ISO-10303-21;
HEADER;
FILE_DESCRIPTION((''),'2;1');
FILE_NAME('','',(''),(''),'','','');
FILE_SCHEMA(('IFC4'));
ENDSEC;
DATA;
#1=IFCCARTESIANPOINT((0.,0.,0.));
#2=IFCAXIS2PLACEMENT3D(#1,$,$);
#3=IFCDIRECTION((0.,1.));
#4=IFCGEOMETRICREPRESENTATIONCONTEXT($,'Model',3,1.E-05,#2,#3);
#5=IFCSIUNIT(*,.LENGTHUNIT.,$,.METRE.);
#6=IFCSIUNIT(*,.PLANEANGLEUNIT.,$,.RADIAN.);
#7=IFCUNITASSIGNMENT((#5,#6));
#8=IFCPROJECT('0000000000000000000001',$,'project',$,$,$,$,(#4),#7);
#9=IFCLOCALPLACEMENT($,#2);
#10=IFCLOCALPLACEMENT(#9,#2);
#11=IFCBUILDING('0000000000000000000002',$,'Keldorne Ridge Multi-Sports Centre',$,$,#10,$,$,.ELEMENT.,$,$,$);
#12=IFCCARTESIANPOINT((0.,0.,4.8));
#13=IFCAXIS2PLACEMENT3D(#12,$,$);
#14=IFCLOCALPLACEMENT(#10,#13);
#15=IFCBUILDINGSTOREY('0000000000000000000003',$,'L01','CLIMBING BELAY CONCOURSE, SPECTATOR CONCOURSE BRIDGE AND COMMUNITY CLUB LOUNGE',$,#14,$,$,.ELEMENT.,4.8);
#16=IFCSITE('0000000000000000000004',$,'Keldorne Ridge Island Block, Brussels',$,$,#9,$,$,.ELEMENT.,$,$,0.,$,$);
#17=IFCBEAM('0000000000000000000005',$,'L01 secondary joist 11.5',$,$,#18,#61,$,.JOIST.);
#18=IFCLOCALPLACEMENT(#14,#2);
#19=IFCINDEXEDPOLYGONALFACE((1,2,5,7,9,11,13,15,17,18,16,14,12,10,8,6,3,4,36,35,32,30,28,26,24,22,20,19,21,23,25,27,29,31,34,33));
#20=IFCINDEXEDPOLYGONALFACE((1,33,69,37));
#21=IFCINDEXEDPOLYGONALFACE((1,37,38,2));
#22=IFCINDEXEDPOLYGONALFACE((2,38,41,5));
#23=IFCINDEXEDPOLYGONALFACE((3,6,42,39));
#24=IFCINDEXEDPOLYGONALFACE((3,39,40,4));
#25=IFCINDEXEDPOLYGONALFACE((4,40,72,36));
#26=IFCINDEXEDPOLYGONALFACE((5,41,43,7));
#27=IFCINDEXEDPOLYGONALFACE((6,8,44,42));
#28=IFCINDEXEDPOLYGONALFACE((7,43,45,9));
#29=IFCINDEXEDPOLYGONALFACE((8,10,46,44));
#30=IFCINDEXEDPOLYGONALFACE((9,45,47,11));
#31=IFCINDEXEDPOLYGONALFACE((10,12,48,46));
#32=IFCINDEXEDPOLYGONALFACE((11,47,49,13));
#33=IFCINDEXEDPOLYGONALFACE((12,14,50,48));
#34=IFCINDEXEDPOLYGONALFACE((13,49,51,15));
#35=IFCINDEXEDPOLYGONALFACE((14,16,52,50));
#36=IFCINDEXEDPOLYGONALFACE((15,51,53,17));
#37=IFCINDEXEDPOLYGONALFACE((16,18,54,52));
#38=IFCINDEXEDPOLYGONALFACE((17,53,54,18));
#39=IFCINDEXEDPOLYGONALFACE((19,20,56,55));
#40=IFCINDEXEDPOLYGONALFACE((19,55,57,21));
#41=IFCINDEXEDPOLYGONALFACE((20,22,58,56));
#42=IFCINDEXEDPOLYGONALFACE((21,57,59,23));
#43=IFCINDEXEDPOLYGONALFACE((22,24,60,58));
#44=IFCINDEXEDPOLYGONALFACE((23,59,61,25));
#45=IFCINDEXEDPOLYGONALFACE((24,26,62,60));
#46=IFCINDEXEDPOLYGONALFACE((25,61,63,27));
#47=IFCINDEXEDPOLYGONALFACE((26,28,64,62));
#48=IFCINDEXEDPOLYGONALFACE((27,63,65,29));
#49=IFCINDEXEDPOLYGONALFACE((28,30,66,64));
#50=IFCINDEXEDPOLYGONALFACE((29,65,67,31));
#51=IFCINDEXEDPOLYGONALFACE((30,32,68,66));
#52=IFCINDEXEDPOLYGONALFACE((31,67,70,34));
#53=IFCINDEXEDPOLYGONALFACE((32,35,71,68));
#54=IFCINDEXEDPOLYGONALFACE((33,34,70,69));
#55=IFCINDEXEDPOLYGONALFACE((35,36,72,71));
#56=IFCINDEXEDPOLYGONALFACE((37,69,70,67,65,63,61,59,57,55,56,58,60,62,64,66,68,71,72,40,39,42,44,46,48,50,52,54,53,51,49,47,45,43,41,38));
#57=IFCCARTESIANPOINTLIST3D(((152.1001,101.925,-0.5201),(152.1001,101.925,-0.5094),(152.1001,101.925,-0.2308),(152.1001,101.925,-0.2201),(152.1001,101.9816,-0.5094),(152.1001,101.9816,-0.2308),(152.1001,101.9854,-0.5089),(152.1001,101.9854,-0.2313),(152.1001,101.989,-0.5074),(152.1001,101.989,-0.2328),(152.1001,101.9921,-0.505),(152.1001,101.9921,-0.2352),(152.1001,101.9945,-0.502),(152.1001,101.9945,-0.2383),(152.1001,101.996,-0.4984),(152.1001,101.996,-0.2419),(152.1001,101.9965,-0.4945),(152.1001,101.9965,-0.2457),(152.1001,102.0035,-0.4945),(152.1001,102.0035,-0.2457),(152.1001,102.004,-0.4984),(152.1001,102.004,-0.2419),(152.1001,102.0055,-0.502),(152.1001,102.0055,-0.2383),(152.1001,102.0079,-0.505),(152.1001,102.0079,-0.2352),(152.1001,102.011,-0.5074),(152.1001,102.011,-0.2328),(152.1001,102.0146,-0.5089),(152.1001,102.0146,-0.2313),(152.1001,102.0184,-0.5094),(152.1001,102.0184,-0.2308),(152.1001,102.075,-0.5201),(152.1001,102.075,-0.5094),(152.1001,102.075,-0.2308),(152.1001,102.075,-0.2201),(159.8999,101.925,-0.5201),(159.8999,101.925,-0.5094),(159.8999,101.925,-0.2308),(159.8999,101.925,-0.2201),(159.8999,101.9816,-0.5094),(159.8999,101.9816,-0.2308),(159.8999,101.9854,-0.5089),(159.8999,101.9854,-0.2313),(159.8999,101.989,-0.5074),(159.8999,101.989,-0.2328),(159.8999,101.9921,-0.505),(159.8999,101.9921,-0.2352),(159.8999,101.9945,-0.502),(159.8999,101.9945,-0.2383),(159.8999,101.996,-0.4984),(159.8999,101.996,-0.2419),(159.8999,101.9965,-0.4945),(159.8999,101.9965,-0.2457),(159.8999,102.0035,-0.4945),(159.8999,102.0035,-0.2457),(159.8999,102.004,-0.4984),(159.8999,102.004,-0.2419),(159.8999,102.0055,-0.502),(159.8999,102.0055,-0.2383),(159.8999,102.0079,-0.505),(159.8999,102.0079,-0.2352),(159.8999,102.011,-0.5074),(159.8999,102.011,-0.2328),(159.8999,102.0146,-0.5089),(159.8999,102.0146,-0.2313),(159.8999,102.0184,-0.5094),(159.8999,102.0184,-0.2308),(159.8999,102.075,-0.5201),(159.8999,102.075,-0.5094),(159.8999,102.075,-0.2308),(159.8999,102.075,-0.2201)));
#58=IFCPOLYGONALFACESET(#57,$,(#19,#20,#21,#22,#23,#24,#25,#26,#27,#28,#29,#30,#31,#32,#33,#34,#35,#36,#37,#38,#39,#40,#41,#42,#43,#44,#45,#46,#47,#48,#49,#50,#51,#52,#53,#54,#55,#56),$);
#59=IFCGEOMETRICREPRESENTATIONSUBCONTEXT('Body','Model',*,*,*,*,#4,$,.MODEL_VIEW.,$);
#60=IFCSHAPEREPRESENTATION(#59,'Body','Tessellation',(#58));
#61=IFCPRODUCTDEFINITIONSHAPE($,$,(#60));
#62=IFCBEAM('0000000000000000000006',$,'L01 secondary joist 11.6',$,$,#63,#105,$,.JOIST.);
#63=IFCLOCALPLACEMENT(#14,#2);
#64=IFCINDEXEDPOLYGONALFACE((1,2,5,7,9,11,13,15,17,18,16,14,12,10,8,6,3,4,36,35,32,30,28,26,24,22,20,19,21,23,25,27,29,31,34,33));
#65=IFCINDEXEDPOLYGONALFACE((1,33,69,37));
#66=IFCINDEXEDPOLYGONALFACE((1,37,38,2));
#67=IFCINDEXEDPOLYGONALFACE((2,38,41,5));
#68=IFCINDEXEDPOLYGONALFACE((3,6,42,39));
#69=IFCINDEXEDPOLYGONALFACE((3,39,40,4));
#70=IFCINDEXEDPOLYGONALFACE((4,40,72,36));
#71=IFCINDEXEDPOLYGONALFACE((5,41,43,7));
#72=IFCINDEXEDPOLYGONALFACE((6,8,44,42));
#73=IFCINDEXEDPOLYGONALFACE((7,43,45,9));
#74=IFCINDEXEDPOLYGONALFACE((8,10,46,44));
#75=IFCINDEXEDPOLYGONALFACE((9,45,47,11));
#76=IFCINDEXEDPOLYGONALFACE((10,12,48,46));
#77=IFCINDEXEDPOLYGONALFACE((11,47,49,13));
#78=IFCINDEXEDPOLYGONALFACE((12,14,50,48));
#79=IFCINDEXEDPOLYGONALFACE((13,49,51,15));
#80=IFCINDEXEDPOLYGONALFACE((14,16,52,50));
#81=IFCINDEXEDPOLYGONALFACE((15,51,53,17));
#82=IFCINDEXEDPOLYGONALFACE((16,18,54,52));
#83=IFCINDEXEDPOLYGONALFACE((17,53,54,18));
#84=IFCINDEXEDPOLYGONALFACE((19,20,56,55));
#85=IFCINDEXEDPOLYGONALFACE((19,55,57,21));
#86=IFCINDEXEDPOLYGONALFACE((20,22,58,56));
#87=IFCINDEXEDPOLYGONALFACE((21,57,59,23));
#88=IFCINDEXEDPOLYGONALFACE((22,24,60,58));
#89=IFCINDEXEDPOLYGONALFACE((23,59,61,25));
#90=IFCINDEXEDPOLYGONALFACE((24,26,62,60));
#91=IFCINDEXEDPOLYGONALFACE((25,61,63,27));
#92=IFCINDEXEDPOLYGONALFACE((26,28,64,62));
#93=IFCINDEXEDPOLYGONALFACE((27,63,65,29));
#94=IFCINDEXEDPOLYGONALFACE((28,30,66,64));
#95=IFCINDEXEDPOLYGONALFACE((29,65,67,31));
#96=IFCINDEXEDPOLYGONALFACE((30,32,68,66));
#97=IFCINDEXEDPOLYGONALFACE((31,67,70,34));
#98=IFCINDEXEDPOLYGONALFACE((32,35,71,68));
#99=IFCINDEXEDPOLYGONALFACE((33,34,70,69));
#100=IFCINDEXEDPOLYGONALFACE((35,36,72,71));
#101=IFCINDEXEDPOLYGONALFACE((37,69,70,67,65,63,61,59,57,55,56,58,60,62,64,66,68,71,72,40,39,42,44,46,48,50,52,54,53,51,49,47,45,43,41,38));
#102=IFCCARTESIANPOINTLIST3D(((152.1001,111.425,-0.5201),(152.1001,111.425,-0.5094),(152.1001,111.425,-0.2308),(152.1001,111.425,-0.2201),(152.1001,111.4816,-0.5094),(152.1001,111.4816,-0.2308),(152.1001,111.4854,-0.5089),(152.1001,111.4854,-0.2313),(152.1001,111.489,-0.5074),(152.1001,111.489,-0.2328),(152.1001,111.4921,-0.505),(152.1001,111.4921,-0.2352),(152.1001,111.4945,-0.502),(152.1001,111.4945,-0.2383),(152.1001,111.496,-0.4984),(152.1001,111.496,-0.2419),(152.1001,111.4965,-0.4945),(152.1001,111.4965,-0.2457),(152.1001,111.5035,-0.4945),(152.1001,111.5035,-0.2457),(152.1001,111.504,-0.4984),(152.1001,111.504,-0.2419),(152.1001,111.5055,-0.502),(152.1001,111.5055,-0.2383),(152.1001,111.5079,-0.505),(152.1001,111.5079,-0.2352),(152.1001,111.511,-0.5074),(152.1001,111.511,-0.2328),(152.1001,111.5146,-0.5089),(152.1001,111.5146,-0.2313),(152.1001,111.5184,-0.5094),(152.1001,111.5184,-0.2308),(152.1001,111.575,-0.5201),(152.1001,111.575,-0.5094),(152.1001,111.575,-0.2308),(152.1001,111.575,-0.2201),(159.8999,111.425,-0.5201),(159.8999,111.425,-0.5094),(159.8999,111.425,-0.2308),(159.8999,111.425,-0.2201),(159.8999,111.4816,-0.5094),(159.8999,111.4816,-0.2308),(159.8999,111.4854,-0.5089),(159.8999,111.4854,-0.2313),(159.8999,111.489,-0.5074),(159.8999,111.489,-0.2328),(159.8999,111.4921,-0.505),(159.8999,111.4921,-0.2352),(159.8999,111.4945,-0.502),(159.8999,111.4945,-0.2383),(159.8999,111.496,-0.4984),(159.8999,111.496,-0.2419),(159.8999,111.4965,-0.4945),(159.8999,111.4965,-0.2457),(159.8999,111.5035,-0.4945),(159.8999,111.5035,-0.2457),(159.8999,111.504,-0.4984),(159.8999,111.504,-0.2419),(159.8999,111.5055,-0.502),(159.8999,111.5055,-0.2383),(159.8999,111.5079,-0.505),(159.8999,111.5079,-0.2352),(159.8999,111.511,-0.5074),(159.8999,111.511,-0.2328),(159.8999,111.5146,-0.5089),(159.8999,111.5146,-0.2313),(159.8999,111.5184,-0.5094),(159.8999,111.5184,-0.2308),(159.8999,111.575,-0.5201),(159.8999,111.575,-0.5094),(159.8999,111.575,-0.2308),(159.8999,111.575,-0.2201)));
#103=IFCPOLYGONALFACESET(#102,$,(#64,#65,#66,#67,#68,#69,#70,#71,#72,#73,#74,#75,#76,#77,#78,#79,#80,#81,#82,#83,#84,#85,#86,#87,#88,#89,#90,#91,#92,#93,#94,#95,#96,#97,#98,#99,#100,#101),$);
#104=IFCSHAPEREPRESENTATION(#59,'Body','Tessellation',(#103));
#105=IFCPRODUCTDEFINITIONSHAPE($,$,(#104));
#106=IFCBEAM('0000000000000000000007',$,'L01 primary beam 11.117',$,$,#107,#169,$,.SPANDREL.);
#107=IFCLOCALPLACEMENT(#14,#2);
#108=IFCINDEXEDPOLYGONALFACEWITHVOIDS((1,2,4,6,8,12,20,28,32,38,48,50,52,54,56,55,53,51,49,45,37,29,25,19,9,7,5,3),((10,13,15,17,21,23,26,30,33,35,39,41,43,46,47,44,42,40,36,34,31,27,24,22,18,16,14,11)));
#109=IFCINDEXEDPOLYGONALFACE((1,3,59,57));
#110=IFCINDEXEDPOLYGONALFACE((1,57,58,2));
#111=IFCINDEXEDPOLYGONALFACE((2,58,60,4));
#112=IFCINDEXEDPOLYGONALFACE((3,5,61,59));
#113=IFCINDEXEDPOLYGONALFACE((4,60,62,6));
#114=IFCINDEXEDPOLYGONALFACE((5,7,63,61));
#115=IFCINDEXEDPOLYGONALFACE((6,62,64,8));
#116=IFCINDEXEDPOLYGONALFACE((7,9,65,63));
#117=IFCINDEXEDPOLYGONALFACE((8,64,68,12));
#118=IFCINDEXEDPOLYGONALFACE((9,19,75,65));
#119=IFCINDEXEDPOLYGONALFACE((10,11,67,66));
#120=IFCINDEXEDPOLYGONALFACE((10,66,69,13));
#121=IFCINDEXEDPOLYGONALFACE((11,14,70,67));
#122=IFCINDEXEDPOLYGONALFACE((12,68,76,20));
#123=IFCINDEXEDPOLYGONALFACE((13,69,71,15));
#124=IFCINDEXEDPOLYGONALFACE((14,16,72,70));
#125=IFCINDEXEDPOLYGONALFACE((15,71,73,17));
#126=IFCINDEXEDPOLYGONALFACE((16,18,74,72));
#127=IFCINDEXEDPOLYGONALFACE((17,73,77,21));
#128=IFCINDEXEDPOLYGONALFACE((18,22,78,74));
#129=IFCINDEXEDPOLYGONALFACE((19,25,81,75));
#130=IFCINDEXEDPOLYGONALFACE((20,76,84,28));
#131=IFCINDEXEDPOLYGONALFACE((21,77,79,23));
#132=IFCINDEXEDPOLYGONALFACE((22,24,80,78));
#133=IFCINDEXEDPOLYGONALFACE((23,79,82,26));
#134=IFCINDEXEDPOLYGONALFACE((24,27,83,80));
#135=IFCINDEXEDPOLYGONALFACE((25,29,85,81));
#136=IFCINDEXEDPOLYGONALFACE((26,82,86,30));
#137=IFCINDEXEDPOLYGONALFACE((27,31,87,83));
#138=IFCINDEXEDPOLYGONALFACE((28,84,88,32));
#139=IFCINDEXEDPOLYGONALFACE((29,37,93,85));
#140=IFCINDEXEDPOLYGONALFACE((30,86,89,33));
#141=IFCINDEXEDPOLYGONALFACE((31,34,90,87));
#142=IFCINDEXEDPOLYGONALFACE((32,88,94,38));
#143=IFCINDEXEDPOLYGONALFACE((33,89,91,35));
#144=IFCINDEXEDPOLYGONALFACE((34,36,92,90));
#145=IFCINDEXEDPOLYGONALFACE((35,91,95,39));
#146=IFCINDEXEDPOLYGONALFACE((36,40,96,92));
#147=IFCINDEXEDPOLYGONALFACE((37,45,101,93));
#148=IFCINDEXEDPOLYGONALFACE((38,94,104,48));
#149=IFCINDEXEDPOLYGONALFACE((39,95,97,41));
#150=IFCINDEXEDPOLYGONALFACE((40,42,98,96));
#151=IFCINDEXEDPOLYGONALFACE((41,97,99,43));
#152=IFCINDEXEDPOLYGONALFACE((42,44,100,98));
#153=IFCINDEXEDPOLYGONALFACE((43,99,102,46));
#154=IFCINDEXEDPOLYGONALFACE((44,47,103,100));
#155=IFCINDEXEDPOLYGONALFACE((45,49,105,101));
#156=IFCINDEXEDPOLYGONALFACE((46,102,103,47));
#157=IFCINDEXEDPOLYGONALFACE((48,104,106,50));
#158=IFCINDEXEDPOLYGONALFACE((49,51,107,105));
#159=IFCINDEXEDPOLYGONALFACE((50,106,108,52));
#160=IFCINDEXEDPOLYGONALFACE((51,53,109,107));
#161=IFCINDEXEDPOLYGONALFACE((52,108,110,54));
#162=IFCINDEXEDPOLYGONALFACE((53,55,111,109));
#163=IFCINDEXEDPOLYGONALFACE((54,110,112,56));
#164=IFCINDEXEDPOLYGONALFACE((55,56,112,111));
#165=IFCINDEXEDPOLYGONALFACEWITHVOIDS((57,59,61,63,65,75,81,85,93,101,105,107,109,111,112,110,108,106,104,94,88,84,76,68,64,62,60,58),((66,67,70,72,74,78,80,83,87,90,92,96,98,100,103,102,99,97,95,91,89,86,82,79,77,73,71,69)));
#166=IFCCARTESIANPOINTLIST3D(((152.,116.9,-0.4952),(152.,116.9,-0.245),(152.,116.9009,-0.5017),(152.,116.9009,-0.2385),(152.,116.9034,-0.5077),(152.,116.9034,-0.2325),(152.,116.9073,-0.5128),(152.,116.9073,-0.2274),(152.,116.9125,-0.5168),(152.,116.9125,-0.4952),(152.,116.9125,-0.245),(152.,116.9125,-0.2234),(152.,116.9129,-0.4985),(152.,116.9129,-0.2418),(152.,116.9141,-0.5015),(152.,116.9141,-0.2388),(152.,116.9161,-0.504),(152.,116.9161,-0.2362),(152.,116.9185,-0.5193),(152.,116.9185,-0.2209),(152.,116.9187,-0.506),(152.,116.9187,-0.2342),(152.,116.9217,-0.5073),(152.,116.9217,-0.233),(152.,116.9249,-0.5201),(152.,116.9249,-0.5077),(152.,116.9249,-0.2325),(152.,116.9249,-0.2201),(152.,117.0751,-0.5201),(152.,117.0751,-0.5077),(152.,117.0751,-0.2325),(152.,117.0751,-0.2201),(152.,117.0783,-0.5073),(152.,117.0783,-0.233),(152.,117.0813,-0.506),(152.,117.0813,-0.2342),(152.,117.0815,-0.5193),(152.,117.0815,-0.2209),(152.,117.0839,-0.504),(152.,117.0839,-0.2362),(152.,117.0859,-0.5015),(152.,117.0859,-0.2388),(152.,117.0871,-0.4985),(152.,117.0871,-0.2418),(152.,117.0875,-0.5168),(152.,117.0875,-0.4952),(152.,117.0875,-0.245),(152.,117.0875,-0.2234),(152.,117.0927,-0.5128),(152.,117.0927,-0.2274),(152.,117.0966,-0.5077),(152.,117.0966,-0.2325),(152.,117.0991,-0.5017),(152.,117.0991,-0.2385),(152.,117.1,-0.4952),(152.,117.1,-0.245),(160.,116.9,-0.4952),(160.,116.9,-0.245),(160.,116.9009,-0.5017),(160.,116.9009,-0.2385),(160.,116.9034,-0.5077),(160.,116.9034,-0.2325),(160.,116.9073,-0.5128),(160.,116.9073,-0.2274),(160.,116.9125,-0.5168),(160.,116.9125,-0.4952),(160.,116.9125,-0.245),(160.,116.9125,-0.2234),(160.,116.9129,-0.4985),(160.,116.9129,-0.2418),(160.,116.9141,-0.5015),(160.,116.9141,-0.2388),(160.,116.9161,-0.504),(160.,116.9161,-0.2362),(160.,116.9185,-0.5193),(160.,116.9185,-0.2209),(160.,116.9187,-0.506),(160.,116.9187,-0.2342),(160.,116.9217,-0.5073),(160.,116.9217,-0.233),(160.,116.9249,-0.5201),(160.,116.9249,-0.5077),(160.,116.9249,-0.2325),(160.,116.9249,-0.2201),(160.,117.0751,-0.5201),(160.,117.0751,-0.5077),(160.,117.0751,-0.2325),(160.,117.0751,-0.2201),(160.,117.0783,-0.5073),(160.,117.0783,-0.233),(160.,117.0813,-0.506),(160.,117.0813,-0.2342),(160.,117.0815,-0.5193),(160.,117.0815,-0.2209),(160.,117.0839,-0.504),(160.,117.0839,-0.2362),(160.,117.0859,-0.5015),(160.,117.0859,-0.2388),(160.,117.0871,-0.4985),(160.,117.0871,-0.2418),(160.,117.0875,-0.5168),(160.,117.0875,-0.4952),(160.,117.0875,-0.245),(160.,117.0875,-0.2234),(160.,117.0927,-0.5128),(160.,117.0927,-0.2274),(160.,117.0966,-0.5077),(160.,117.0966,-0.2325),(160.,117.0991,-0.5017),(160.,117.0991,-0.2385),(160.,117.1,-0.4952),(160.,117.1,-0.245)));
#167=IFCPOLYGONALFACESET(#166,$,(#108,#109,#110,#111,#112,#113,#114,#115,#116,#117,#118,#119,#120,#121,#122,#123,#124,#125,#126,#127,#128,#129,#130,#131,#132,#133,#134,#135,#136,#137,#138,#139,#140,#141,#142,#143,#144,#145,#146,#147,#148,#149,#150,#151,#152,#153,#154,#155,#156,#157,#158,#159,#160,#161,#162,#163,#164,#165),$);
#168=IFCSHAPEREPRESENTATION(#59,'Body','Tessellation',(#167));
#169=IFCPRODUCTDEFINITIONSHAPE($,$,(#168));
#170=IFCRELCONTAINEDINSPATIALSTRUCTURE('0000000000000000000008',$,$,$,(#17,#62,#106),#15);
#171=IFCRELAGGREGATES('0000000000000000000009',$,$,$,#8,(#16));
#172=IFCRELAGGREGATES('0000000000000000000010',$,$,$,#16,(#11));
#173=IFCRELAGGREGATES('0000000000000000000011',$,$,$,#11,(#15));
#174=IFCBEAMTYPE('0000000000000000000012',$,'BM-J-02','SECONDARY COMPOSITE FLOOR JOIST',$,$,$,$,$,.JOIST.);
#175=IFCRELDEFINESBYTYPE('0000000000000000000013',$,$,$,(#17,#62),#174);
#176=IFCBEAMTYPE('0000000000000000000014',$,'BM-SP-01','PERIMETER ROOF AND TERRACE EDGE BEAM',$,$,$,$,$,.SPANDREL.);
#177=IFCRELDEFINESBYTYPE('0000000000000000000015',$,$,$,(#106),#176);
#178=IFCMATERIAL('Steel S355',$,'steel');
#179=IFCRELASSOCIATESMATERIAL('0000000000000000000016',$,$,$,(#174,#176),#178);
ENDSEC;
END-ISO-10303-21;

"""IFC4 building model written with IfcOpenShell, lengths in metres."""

from ifc_helpers import new_model, si_unit, direction, frame, origin, origin_2d, place, context, subcontext, project, spatial, hollow_rectangle, i_section, extrude, material, material_profile, profile_set, type_object, element, save


model = new_model("IFC4")

# Units and contexts
model_context = context("Model", 3, precision=1e-05, world=origin(), true_north=direction((0.0, 1.0)))
body_context = subcontext(model_context, "Body", "Model", "MODEL_VIEW")
ifc_project = project(units=[si_unit("LENGTHUNIT", "METRE"), si_unit("PLANEANGLEUNIT", "RADIAN")], contexts=[model_context])

# Site, building, storey
site_placement = place(None, origin())
site = spatial("IfcSite", under=ifc_project, at=site_placement, Name="Keldorne Ridge Island Block, Brussels", CompositionType="ELEMENT", RefElevation=0.0)
building_placement = place(site_placement, origin())
building = spatial("IfcBuilding", under=site, at=building_placement, Name="Keldorne Ridge Multi-Sports Centre", CompositionType="ELEMENT")
storey_placement = place(building_placement, frame((0.0, 0.0, 4.8)))
storey = spatial("IfcBuildingStorey", under=building, at=storey_placement, Name="L01", Description="CLIMBING BELAY CONCOURSE, SPECTATOR CONCOURSE BRIDGE AND COMMUNITY CLUB LOUNGE", CompositionType="ELEMENT", Elevation=4.8)

# Shared definitions
ifc_material_1 = material(Name="Steel S355", Category="steel")

# Beams
ifc_material_profile_1 = material_profile(ifc_material_1, i_section(OverallWidth=0.1499, OverallDepth=0.3, WebThickness=0.0071, FlangeThickness=0.0107, FilletRadius=0.0149, at=origin_2d()), Name="IPE 300")
ifc_profile_set_1 = profile_set([ifc_material_profile_1], Name="Steel S355")
beam_type_1 = type_object("IfcBeamType", Name="BM-J-02", Description="SECONDARY COMPOSITE FLOOR JOIST", PredefinedType="JOIST", material=ifc_profile_set_1)
for number, where, z_axis, x_axis, name in (
    (1, (152.1001, 102.0, -0.3701), (1.0, 0.0, 0.0), (0.0, 1.0, 0.0), "L01 secondary joist 11.5"),
    (2, (152.1001, 111.5, -0.3701), (1.0, 0.0, 0.0), (0.0, 1.0, 0.0), "L01 secondary joist 11.6"),
):
    element("IfcBeam", number, at=place(storey_placement, frame(where, z_axis=z_axis, x_axis=x_axis)), inside=storey, type_object=beam_type_1, Name=name, PredefinedType="JOIST", context=body_context, shape_type="SweptSolid", body=[
        extrude(i_section(OverallWidth=0.1499, OverallDepth=0.3, WebThickness=0.0071, FlangeThickness=0.0107, FilletRadius=0.0149, at=origin_2d()), origin(), (0.0, 0.0, 1.0), 7.7998),
    ])
ifc_material_profile_2 = material_profile(ifc_material_1, hollow_rectangle(XDim=0.2, YDim=0.3, WallThickness=0.0125, InnerFilletRadius=0.0125, OuterFilletRadius=0.0249, at=origin_2d()), Name="RHS 300x200x12.5")
ifc_profile_set_2 = profile_set([ifc_material_profile_2], Name="Steel S355")
beam_type_2 = type_object("IfcBeamType", Name="BM-SP-01", Description="PERIMETER ROOF AND TERRACE EDGE BEAM", PredefinedType="SPANDREL", material=ifc_profile_set_2)
for number, where, z_axis, x_axis, name in (
    (3, (152.0, 117.0, -0.3701), (1.0, 0.0, 0.0), (0.0, 1.0, 0.0), "L01 primary beam 11.117"),
):
    element("IfcBeam", number, at=place(storey_placement, frame(where, z_axis=z_axis, x_axis=x_axis)), inside=storey, type_object=beam_type_2, Name=name, PredefinedType="SPANDREL", context=body_context, shape_type="SweptSolid", body=[
        extrude(hollow_rectangle(XDim=0.2, YDim=0.3, WallThickness=0.0125, InnerFilletRadius=0.0125, OuterFilletRadius=0.0249, at=origin_2d()), origin(), (0.0, 0.0, 1.0), 8.0),
    ])

save(model, "model.ifc")
